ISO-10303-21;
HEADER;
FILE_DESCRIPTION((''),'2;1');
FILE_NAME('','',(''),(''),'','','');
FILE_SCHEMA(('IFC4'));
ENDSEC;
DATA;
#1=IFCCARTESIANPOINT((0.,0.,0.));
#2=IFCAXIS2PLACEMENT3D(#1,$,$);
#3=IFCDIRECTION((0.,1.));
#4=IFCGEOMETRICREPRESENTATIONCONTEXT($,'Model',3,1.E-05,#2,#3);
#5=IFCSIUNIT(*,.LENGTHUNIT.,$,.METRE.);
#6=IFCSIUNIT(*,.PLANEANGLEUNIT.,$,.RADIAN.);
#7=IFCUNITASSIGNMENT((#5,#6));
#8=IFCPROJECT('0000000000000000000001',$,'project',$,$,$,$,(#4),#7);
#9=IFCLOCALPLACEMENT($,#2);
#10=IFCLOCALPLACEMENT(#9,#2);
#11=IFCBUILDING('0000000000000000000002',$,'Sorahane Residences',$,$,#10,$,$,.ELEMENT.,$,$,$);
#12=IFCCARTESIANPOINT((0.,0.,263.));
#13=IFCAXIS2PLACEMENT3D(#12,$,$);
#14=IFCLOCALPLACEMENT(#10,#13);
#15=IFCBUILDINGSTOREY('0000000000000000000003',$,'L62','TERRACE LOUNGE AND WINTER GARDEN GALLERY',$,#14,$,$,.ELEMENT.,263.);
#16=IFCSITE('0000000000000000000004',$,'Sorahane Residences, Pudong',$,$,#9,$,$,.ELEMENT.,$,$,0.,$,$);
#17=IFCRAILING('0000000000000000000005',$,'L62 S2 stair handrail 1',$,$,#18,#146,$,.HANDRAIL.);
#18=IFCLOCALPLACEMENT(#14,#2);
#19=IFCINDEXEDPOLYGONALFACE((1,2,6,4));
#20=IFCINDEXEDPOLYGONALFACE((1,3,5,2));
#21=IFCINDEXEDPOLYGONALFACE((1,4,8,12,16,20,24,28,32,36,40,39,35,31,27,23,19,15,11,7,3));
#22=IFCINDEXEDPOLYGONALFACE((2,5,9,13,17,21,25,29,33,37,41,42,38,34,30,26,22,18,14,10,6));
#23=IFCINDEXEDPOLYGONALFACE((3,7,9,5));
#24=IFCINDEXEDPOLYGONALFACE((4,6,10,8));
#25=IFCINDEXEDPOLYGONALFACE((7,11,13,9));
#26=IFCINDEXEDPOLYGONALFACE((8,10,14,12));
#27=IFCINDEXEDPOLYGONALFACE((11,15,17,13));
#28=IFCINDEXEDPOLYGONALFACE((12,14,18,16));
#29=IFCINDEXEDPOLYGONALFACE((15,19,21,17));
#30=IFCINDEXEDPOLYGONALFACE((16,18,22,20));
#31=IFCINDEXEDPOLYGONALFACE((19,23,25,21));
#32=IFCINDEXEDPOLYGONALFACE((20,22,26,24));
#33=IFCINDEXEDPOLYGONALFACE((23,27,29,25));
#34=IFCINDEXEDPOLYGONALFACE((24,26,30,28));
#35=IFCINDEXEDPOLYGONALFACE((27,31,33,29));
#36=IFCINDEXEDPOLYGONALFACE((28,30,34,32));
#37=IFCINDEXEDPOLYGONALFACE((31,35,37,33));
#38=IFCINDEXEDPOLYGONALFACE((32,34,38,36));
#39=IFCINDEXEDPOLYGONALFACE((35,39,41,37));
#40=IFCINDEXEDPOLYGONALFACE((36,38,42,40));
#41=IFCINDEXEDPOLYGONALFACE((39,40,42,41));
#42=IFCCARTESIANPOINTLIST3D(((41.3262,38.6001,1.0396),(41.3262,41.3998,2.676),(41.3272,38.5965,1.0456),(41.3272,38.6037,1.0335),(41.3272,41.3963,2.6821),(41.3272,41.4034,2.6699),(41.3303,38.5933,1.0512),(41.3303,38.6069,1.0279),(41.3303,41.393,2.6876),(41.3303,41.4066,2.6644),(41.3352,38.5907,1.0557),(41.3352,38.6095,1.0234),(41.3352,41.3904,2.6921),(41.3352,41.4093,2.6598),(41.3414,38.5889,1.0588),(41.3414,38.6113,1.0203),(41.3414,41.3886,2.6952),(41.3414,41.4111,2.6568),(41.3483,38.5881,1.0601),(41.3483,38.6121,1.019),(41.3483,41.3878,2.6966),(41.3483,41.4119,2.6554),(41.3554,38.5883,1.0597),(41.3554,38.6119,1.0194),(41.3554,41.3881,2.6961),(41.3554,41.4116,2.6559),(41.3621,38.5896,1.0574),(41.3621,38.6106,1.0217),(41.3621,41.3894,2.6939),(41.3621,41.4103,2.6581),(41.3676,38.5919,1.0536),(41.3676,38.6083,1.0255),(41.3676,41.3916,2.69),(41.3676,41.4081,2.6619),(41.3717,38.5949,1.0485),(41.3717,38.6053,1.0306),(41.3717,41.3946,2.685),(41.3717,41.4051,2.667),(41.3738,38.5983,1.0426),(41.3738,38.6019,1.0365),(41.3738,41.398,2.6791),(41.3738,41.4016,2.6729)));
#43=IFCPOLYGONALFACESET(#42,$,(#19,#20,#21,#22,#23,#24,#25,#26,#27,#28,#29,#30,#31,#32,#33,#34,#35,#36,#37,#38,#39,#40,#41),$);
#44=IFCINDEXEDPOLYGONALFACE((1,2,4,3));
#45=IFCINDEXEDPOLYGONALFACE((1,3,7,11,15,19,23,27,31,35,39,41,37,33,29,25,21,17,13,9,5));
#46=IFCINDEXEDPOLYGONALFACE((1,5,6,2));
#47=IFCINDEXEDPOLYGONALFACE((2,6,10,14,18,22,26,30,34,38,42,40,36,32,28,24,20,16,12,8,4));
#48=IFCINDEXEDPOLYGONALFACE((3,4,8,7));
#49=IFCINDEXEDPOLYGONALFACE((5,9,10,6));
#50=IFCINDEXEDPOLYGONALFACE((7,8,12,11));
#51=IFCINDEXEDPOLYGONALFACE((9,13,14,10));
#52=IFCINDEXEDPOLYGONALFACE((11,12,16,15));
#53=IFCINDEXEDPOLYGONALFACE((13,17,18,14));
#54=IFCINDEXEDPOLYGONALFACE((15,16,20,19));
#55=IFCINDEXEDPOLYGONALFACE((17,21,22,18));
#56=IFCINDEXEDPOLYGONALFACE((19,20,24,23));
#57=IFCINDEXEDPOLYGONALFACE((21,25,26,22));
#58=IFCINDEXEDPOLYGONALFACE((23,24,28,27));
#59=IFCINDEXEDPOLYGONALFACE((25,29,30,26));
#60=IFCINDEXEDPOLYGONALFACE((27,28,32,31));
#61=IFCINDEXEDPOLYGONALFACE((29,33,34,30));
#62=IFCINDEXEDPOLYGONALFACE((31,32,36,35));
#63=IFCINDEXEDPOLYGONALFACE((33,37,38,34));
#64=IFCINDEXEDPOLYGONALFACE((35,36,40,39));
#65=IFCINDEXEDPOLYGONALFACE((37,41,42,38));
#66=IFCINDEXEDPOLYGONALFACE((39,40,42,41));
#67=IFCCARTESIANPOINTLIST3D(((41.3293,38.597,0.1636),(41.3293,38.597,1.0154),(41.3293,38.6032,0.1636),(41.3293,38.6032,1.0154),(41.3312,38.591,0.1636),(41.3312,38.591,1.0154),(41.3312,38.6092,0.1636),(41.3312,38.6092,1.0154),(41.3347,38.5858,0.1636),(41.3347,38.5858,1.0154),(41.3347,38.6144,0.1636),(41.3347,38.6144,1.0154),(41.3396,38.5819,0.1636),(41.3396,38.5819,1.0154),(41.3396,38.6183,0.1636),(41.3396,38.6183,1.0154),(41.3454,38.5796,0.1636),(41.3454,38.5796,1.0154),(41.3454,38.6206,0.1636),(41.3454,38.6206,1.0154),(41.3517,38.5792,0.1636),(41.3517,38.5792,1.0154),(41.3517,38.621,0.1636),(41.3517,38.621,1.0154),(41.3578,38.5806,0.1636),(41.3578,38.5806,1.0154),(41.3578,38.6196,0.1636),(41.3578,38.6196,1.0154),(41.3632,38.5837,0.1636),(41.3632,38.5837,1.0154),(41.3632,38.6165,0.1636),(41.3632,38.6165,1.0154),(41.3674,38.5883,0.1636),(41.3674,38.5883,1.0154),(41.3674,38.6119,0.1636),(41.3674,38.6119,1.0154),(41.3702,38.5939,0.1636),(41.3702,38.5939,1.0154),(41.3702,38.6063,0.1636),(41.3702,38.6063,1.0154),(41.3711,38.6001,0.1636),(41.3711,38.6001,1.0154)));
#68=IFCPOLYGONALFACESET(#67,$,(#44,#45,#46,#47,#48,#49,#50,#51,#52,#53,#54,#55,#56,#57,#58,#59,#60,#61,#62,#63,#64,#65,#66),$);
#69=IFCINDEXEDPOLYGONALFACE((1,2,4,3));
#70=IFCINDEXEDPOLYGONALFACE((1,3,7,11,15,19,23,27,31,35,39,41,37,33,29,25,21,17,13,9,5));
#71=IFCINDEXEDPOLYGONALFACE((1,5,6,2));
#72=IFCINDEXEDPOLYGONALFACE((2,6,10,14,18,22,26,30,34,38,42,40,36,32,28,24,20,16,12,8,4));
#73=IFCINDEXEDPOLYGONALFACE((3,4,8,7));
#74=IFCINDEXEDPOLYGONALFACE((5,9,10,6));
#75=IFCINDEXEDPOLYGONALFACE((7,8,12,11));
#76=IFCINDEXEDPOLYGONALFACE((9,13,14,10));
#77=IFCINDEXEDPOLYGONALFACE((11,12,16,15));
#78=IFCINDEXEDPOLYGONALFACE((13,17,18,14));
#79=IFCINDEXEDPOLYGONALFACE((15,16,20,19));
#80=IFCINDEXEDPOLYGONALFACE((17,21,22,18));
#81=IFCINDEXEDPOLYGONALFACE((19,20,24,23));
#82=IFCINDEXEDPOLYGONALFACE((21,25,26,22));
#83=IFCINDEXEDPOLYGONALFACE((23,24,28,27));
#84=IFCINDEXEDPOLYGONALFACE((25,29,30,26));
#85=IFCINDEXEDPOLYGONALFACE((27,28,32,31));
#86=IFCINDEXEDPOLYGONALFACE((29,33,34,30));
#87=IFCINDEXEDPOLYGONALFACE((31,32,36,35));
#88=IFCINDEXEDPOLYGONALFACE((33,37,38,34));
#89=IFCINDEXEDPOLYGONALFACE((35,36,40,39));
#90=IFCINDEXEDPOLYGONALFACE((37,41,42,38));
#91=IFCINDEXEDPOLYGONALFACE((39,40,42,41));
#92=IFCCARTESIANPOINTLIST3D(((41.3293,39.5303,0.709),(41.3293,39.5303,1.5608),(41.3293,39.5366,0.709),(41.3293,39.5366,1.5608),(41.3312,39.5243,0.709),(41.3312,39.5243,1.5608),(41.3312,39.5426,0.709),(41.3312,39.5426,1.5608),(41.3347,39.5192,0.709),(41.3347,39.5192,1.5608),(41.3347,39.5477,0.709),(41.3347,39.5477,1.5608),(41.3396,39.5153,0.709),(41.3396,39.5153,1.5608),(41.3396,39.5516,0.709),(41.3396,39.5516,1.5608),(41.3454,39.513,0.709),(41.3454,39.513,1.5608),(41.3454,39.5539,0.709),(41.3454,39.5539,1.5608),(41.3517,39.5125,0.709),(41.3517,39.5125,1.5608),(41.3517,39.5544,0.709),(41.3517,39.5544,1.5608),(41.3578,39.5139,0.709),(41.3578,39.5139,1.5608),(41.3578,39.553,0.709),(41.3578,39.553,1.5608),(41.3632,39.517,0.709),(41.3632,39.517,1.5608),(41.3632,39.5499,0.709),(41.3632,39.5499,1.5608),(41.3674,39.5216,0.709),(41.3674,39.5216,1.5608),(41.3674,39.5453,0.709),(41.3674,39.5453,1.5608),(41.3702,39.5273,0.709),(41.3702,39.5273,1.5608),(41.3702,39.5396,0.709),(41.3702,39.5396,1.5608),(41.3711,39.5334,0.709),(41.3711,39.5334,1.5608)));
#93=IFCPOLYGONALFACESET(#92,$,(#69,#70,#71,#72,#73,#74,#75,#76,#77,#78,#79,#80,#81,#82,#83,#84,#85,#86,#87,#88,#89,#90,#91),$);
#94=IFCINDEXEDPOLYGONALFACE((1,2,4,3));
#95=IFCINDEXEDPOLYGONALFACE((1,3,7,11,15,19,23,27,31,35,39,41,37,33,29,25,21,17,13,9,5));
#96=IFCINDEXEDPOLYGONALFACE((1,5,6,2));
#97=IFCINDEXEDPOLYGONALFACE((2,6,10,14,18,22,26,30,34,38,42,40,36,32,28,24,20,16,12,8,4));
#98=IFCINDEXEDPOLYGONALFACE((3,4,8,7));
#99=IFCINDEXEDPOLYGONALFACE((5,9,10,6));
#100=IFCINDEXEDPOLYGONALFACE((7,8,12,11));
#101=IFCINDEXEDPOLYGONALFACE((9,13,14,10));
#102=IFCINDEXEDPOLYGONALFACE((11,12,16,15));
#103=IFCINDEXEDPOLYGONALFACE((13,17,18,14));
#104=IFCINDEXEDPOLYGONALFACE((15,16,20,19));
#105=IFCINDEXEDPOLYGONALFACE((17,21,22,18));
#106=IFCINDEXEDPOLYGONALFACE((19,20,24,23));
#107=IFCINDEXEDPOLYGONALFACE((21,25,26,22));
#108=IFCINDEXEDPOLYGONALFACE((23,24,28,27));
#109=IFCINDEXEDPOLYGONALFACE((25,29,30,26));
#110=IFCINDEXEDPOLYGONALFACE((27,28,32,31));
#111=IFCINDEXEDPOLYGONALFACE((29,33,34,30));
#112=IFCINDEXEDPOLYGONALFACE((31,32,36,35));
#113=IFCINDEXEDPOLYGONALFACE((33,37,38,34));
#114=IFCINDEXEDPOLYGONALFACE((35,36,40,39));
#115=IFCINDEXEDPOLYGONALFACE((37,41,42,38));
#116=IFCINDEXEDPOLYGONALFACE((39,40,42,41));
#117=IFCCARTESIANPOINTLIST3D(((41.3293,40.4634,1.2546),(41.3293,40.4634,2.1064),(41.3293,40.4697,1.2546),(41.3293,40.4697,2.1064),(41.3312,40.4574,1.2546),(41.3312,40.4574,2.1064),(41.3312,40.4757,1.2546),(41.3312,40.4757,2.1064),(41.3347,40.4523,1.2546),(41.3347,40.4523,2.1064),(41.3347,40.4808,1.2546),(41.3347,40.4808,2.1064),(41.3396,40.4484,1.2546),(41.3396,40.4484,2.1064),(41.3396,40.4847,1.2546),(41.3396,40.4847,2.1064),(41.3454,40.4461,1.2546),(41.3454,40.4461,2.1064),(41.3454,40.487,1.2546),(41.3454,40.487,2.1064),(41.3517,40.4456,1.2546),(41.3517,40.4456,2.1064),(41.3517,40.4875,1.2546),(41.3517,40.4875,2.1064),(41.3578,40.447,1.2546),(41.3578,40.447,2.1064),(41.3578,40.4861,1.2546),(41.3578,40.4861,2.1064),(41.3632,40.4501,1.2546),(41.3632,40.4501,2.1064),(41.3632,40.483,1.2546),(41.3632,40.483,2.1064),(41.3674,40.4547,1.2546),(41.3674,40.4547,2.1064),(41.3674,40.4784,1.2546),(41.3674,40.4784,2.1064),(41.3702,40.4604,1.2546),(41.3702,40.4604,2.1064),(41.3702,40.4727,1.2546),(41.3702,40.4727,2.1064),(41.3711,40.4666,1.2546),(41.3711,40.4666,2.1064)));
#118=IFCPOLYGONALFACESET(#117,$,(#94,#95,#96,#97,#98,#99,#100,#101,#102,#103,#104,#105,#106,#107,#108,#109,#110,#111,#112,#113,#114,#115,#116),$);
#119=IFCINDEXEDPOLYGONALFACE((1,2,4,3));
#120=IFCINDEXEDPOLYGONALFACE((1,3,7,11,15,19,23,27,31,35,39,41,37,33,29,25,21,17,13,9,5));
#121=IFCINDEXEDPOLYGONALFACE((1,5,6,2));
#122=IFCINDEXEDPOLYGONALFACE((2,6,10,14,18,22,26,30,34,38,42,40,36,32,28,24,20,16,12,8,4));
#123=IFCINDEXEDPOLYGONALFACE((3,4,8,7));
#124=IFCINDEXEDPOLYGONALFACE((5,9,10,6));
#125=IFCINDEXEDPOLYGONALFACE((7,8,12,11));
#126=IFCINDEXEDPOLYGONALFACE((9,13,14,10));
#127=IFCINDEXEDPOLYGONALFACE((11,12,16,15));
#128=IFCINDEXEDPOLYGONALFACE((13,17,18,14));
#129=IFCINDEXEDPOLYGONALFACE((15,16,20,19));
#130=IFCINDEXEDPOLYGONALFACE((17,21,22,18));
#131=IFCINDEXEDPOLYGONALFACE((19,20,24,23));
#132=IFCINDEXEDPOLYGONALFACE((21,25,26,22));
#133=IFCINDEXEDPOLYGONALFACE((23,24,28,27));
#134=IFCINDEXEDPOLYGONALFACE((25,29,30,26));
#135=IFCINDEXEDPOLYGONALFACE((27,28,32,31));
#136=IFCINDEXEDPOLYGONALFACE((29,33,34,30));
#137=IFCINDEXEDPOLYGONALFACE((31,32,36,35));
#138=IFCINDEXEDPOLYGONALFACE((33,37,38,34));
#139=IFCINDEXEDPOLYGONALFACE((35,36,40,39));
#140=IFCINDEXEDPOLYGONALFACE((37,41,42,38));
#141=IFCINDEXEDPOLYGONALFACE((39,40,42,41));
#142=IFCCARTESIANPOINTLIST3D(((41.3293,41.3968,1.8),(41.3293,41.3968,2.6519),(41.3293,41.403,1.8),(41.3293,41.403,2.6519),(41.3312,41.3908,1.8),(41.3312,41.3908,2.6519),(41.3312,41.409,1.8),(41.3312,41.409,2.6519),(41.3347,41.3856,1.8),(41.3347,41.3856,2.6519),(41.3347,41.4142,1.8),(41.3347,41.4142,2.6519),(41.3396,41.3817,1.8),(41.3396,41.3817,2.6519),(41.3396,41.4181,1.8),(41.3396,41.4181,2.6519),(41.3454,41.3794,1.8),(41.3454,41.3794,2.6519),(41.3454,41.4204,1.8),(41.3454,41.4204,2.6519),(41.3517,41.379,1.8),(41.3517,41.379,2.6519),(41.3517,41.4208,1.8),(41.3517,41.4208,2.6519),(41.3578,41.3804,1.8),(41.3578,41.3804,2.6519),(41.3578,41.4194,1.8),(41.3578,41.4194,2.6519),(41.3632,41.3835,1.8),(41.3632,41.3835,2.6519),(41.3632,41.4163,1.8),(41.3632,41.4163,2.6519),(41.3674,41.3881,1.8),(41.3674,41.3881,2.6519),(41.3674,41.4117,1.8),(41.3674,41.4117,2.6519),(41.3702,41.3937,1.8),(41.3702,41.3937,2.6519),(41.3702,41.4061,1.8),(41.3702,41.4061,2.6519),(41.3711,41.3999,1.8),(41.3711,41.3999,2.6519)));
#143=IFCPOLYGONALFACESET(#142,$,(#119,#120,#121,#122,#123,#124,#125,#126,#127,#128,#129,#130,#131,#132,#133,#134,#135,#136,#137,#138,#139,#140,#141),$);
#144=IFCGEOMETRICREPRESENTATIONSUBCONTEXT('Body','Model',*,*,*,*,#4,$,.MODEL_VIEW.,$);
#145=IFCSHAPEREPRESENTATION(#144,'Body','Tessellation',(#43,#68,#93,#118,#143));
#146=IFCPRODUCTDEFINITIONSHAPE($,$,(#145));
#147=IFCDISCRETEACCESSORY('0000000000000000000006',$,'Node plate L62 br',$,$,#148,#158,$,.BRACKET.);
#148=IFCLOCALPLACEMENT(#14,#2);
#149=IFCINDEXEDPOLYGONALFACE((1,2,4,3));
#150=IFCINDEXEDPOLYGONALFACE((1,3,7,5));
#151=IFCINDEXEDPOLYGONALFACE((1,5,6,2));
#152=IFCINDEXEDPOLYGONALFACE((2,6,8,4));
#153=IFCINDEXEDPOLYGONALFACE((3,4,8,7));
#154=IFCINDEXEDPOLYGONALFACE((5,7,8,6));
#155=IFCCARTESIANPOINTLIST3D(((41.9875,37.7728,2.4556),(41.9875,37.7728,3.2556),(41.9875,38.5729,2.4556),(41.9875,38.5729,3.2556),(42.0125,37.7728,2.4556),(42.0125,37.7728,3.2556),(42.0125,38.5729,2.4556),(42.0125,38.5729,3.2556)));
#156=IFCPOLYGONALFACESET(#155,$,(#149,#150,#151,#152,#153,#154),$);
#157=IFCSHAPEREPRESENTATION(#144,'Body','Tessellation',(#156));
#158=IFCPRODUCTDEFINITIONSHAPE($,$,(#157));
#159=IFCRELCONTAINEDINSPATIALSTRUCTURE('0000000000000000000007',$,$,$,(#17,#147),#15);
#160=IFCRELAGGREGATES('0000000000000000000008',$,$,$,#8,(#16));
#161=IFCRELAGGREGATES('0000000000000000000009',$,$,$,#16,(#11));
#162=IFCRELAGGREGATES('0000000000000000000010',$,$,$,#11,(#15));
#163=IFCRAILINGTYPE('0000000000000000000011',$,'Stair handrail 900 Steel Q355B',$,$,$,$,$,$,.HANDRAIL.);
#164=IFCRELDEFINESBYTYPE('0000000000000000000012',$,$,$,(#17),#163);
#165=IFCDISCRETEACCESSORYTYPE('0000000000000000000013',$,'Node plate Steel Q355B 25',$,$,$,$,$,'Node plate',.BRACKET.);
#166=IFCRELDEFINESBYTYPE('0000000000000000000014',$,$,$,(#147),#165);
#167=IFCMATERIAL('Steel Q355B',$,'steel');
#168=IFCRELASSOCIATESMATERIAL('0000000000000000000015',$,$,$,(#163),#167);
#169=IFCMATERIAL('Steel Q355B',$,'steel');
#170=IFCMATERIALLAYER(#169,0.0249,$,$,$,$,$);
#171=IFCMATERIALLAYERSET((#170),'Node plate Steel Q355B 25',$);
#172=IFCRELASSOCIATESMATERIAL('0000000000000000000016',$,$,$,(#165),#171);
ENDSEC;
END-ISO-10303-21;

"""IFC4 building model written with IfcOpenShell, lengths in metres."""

from ifc_helpers import new_model, si_unit, direction, frame, origin, origin_2d, place, context, subcontext, project, spatial, rectangle, circle, extrude, material, layer, layer_set, type_object, element, save


model = new_model("IFC4")

# Units and contexts
model_context = context("Model", 3, precision=1e-05, world=origin(), true_north=direction((0.0, 1.0)))
body_context = subcontext(model_context, "Body", "Model", "MODEL_VIEW")
ifc_project = project(units=[si_unit("LENGTHUNIT", "METRE"), si_unit("PLANEANGLEUNIT", "RADIAN")], contexts=[model_context])

# Site, building, storey
site_placement = place(None, origin())
site = spatial("IfcSite", under=ifc_project, at=site_placement, Name="Sorahane Residences, Pudong", CompositionType="ELEMENT", RefElevation=0.0)
building_placement = place(site_placement, origin())
building = spatial("IfcBuilding", under=site, at=building_placement, Name="Sorahane Residences", CompositionType="ELEMENT")
storey_placement = place(building_placement, frame((0.0, 0.0, 263.0)))
storey = spatial("IfcBuildingStorey", under=building, at=storey_placement, Name="L62", Description="TERRACE LOUNGE AND WINTER GARDEN GALLERY", CompositionType="ELEMENT", Elevation=263.0)

# Railing
ifc_material_1 = material(Name="Steel Q355B", Category="steel")
railing_type_1 = type_object("IfcRailingType", Name="Stair handrail 900 Steel Q355B", PredefinedType="HANDRAIL", material=ifc_material_1)
railing_1_placement = place(storey_placement, frame((41.3501, 38.6001, 0.1636)))
element("IfcRailing", 1, at=railing_1_placement, inside=storey, type_object=railing_type_1, Name="L62 S2 stair handrail 1", PredefinedType="HANDRAIL", context=body_context, shape_type="SweptSolid", body=[
    extrude(circle(Radius=0.0239, at=origin_2d()), frame((0.0, 0.0, 0.876), z_axis=(0.0, 0.863342, 0.50462), x_axis=(-1.0, 0.0, 0.0)), (0.0, 0.0, 1.0), 3.2429),
    extrude(circle(Radius=0.021, at=origin_2d()), origin(), (0.0, 0.0, 1.0), 0.8518),
    extrude(circle(Radius=0.021, at=origin_2d()), frame((0.0, 0.9333, 0.5454)), (0.0, 0.0, 1.0), 0.8518),
    extrude(circle(Radius=0.021, at=origin_2d()), frame((0.0, 1.8665, 1.0911)), (0.0, 0.0, 1.0), 0.8518),
    extrude(circle(Radius=0.021, at=origin_2d()), frame((0.0, 2.7998, 1.6365)), (0.0, 0.0, 1.0), 0.8518),
])

# Discrete accessory
ifc_material_2 = material(Name="Steel Q355B", Category="steel")
ifc_layer_1 = layer(ifc_material_2, 0.0249)
ifc_layer_set_1 = layer_set([ifc_layer_1], Name="Node plate Steel Q355B 25")
discrete_accessory_type = type_object("IfcDiscreteAccessoryType", Name="Node plate Steel Q355B 25", ElementType="Node plate", PredefinedType="BRACKET", material=ifc_layer_set_1)
discrete_accessory_placement = place(storey_placement, frame((42.0, 38.1729, 2.4556), z_axis=(0.0, 0.0, 1.0), x_axis=(0.0, 1.0, 0.0)))
element("IfcDiscreteAccessory", 2, at=discrete_accessory_placement, inside=storey, type_object=discrete_accessory_type, Name="Node plate L62 br", PredefinedType="BRACKET", context=body_context, shape_type="SweptSolid", body=[
    extrude(rectangle(XDim=0.8, YDim=0.0249, at=origin_2d()), origin(), (0.0, 0.0, 1.0), 0.8),
])

save(model, "model.ifc")
